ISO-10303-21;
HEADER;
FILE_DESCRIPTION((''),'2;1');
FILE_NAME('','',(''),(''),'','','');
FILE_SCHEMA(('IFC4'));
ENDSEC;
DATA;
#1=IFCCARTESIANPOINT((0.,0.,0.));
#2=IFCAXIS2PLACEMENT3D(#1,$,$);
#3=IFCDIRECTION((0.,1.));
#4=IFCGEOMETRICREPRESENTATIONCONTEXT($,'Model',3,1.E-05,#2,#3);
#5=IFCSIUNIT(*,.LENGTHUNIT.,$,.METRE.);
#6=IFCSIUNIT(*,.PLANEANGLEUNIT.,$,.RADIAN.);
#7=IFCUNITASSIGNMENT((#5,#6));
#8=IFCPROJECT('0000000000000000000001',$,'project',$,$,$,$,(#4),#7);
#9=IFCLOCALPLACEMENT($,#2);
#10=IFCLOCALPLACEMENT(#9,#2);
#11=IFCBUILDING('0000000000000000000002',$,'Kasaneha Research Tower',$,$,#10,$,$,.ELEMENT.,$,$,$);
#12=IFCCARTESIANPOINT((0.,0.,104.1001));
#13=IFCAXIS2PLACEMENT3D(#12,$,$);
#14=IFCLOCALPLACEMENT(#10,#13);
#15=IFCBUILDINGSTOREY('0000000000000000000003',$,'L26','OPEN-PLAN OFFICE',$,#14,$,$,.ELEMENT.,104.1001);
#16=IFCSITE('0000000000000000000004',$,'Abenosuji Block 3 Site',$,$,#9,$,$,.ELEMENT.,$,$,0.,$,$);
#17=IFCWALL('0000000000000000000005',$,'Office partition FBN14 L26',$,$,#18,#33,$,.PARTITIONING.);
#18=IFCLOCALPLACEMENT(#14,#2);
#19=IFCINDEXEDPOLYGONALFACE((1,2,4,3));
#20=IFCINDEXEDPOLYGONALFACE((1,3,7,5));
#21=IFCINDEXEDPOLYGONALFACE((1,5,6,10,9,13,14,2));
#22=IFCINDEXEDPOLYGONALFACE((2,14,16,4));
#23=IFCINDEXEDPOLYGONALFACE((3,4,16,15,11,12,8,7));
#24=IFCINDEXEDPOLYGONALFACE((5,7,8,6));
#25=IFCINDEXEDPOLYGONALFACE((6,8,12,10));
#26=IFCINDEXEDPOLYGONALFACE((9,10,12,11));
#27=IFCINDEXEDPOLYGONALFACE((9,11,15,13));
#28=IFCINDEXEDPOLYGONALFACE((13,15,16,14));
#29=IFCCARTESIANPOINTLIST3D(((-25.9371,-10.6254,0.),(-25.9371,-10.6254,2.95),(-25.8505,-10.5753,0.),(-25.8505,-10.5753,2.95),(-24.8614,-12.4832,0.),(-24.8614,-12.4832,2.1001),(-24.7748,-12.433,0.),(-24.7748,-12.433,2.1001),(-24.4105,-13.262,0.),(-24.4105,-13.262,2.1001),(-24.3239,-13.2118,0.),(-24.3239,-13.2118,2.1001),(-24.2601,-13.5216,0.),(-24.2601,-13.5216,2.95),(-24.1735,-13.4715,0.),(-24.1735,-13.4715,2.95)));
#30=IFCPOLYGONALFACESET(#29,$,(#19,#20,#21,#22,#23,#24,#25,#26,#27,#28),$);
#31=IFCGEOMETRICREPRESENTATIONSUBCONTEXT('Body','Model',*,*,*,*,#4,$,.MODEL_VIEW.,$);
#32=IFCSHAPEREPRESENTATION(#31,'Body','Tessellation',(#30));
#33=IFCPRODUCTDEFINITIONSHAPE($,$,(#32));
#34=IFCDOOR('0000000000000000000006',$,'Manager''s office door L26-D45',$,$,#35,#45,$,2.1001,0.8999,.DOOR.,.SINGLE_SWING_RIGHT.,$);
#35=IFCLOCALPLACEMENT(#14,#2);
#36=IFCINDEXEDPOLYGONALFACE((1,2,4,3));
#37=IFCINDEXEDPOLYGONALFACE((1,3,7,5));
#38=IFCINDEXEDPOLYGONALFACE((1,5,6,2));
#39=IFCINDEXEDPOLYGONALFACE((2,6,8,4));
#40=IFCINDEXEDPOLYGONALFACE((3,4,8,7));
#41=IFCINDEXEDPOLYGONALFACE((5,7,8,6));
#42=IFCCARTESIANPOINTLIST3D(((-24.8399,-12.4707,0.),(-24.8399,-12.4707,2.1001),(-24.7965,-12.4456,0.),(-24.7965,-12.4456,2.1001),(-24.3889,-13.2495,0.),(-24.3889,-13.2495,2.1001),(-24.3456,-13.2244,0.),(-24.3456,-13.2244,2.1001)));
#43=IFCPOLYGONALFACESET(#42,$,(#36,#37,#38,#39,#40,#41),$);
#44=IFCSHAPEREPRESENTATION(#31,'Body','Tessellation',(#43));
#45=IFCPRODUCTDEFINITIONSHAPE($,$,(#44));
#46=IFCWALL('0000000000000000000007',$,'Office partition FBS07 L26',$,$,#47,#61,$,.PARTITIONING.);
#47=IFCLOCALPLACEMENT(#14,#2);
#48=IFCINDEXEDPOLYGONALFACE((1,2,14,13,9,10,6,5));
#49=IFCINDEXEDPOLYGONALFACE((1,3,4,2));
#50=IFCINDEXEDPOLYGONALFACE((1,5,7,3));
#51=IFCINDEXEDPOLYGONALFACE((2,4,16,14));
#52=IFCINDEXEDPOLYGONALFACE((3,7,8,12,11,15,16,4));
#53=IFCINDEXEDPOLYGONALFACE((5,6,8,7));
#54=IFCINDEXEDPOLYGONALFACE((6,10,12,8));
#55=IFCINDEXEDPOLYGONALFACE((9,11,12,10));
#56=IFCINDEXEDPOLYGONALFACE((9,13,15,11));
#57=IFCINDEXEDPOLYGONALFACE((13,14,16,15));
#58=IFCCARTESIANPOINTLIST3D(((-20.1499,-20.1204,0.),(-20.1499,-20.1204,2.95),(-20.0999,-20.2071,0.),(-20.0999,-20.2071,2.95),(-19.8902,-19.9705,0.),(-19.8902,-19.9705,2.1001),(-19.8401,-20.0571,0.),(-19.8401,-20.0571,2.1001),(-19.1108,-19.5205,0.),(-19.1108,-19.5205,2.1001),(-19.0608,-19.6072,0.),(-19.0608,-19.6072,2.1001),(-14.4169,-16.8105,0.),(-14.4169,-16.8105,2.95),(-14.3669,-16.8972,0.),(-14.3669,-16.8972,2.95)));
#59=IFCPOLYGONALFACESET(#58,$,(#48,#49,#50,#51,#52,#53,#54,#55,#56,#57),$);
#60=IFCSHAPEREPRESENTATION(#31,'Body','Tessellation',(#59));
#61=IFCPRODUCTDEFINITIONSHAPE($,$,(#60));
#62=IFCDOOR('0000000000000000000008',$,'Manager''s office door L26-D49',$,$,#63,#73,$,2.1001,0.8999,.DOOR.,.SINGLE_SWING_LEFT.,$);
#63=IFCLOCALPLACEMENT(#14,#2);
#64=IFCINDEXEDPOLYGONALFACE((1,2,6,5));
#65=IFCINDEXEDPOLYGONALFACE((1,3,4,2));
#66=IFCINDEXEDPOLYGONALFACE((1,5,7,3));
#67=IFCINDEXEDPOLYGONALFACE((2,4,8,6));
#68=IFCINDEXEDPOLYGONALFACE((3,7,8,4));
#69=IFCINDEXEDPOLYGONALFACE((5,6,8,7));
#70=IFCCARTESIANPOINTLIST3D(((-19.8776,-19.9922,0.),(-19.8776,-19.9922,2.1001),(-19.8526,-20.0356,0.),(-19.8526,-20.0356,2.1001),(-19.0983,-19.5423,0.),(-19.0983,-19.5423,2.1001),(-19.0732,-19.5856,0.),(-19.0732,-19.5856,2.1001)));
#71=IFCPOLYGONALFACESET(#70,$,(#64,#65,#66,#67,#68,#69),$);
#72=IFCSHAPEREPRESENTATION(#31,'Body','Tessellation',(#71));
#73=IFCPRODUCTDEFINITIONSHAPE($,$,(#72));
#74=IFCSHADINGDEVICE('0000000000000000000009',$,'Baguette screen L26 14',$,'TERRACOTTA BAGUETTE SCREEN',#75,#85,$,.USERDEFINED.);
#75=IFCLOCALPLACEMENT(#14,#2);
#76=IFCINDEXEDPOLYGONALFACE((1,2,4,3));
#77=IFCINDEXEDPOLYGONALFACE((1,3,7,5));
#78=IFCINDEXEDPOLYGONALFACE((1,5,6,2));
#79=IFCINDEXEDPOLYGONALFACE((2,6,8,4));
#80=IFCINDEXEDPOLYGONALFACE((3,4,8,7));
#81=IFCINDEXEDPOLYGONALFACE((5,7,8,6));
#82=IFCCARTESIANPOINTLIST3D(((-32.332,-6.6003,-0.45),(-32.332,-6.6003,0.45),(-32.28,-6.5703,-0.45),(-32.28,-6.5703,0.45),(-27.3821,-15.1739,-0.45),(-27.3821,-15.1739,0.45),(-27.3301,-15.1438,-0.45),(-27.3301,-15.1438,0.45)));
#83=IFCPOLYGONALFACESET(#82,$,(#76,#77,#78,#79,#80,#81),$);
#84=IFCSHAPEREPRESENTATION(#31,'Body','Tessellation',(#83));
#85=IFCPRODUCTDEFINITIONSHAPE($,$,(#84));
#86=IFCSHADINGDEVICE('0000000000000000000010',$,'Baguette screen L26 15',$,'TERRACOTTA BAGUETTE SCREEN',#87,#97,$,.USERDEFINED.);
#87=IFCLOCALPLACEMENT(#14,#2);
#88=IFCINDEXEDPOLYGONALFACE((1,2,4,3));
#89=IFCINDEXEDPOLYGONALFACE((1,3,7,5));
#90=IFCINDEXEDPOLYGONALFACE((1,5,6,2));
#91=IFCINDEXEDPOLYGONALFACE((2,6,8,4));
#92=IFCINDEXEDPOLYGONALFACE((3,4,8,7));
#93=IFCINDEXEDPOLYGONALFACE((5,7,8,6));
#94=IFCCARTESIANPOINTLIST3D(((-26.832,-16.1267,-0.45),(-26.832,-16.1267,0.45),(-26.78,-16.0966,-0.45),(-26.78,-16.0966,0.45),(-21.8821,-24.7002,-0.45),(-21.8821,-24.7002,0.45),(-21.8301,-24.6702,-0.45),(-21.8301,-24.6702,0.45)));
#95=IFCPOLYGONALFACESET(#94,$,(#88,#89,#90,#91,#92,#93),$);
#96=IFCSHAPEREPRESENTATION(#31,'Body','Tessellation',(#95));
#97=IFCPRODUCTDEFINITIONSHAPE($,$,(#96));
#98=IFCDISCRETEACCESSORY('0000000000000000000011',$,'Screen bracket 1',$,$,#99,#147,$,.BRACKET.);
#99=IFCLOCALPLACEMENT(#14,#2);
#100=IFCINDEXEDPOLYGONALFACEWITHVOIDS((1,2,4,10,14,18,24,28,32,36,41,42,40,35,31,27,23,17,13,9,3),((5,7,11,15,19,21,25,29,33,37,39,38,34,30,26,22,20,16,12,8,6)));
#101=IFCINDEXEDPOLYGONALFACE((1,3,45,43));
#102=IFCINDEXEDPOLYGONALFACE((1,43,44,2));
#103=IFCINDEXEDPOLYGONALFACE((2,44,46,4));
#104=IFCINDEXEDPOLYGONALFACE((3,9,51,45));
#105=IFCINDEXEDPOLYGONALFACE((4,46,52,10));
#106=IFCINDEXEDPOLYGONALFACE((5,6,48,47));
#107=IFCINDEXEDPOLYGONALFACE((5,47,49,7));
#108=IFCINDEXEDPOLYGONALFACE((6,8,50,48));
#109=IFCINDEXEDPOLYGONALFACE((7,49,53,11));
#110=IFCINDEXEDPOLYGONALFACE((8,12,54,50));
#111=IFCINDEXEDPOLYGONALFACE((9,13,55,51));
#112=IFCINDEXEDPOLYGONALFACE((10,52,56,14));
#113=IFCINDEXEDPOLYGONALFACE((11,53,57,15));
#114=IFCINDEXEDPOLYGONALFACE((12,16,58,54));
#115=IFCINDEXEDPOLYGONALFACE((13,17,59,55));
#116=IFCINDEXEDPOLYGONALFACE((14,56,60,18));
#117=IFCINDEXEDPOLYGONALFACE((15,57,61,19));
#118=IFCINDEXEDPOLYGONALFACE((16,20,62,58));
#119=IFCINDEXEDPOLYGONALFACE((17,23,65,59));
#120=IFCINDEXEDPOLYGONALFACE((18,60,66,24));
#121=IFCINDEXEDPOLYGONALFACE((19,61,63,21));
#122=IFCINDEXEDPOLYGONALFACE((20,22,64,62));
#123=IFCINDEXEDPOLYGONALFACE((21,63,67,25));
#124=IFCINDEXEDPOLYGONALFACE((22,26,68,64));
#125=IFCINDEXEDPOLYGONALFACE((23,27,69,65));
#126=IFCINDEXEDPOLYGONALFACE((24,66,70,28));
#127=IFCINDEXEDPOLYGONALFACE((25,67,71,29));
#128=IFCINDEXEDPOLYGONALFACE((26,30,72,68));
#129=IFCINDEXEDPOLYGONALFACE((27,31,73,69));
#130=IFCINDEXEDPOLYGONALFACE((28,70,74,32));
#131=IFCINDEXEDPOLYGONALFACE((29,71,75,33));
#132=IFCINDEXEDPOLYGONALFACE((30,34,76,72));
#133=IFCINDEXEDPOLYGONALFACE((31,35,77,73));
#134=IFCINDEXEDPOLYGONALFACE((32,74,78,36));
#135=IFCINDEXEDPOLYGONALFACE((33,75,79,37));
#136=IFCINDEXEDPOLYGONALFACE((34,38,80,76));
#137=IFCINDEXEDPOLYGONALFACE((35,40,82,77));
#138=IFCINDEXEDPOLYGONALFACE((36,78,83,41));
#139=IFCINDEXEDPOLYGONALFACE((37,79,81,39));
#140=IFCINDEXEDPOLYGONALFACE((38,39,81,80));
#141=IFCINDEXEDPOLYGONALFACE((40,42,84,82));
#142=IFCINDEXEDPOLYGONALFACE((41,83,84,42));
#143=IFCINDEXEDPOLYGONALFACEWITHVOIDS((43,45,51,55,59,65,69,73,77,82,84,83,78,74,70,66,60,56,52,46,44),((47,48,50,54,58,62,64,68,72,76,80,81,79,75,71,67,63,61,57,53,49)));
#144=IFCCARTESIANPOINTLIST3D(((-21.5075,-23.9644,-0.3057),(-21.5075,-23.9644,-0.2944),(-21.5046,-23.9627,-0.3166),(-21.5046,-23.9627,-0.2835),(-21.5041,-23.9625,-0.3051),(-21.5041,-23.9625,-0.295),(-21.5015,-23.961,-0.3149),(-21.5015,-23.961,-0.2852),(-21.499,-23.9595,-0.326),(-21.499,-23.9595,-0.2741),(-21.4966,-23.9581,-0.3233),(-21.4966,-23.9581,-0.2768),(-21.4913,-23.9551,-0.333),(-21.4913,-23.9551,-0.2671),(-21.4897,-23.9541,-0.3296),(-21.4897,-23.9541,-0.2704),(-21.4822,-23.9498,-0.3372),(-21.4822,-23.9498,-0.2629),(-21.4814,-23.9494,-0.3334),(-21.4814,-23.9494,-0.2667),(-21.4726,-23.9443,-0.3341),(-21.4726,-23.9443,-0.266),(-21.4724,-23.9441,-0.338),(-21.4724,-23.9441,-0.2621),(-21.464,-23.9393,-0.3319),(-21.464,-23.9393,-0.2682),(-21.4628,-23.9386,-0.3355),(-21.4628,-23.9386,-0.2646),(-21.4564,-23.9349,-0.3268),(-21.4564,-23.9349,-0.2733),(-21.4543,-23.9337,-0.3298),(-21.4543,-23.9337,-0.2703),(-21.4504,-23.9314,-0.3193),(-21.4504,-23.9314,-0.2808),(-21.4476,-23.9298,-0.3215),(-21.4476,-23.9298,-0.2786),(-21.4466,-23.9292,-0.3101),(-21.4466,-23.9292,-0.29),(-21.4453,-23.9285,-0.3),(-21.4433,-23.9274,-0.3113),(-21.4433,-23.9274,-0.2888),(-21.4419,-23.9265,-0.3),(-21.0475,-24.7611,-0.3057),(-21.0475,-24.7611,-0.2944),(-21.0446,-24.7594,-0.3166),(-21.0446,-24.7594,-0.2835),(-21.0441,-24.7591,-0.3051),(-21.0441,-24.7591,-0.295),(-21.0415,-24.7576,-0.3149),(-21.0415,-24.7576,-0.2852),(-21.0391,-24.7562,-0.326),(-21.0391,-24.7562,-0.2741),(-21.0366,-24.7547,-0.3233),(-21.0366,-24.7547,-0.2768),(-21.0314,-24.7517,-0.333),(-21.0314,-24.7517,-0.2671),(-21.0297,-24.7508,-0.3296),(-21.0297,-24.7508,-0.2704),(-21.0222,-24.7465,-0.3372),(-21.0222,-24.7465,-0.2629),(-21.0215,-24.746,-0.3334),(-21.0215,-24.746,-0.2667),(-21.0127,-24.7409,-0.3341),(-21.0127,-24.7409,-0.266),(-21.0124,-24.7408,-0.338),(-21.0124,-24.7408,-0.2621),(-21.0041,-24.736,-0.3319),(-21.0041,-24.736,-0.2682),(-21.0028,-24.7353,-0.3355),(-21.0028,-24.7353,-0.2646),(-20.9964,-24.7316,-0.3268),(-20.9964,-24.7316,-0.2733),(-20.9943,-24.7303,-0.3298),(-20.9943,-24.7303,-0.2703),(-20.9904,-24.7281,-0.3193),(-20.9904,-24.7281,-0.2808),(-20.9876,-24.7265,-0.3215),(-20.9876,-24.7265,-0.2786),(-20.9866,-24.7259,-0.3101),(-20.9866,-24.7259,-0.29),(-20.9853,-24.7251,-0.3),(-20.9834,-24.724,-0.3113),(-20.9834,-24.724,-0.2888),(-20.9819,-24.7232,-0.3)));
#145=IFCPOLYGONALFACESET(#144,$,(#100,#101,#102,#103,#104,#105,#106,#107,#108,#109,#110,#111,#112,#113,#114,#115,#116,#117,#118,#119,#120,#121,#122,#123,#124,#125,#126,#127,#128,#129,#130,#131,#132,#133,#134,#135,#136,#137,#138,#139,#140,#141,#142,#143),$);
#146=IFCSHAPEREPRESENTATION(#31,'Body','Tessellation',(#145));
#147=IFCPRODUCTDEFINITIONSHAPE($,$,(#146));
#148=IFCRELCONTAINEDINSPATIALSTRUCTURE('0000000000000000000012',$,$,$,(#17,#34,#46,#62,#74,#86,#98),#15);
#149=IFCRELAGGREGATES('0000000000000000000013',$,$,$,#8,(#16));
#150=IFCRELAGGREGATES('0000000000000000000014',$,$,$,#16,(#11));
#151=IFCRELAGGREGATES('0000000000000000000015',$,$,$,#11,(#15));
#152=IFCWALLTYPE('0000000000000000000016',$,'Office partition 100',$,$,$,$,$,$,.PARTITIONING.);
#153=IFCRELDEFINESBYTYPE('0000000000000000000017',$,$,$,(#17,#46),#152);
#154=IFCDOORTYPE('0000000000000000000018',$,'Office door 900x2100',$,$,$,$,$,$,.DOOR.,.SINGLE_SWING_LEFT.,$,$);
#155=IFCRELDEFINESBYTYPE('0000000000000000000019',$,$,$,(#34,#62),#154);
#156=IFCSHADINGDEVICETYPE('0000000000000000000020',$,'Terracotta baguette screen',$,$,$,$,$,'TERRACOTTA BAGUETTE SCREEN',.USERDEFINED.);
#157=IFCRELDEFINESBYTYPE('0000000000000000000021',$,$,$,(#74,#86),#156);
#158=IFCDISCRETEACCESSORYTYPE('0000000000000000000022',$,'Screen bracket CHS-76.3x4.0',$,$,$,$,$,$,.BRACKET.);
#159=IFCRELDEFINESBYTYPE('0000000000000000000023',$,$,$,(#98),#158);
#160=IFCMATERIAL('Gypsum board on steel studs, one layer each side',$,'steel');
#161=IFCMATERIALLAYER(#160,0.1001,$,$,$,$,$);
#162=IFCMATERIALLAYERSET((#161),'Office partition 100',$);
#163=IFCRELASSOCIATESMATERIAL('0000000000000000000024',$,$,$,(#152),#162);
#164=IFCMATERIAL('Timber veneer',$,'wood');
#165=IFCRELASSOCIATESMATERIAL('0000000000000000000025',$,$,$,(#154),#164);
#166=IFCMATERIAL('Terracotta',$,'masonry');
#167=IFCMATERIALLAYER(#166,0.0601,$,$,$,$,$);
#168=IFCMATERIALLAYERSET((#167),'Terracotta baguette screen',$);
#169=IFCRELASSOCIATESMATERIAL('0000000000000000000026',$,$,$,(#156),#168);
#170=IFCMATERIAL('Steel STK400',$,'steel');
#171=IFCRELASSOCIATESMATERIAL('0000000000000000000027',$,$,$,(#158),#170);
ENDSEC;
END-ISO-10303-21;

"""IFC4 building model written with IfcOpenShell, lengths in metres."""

from ifc_helpers import new_model, si_unit, direction, frame, frame_2d, origin, origin_2d, place, context, subcontext, project, spatial, rectangle, hollow_circle, extrude, material, layer, layer_set, material_profile, profile_set, type_object, element, fill, save


model = new_model("IFC4")

# Units and contexts
model_context = context("Model", 3, precision=1e-05, world=origin(), true_north=direction((0.0, 1.0)))
body_context = subcontext(model_context, "Body", "Model", "MODEL_VIEW")
ifc_project = project(units=[si_unit("LENGTHUNIT", "METRE"), si_unit("PLANEANGLEUNIT", "RADIAN")], contexts=[model_context])

# Site, building, storey
site_placement = place(None, origin())
site = spatial("IfcSite", under=ifc_project, at=site_placement, Name="Abenosuji Block 3 Site", CompositionType="ELEMENT", RefElevation=0.0)
building_placement = place(site_placement, origin())
building = spatial("IfcBuilding", under=site, at=building_placement, Name="Kasaneha Research Tower", CompositionType="ELEMENT")
storey_placement = place(building_placement, frame((0.0, 0.0, 104.1001)))
storey = spatial("IfcBuildingStorey", under=building, at=storey_placement, Name="L26", Description="OPEN-PLAN OFFICE", CompositionType="ELEMENT", Elevation=104.1001)

# Shared definitions
ifc_material_1 = material(Name="Gypsum board on steel studs, one layer each side", Category="steel")
ifc_layer_1 = layer(ifc_material_1, 0.1001)
ifc_layer_set_1 = layer_set([ifc_layer_1], Name="Office partition 100")
wall_type = type_object("IfcWallType", Name="Office partition 100", PredefinedType="PARTITIONING", material=ifc_layer_set_1)

# Walls, openings, doors
wall_1_placement = place(storey_placement, frame((-25.8938, -10.6003, 0.0), z_axis=(0.0, 0.0, 1.0), x_axis=(0.501088, -0.865396, 0.0)))
wall_1 = element("IfcWall", 1, at=wall_1_placement, inside=storey, type_object=wall_type, Name="Office partition FBN14 L26", PredefinedType="PARTITIONING", context=body_context, shape_type="SweptSolid", body=[
    extrude(rectangle(XDim=3.3467, YDim=0.1001, at=frame_2d((1.6733, 0.0))), origin(), (0.0, 0.0, 1.0), 2.95),
])
opening_1_placement = place(wall_1_placement, frame((2.1467, 0.0, 0.0)))
opening_1 = element("IfcOpeningElement", 2, at=opening_1_placement, cuts=wall_1, PredefinedType="OPENING", context=body_context, shape_type="SweptSolid", body=[
    extrude(rectangle(XDim=0.8999, YDim=2.1001, at=frame_2d((0.45, 1.05))), frame((0.0, 0.0601, 0.0), z_axis=(0.0, -1.0, 0.0), x_axis=(1.0, 0.0, 0.0)), (0.0, 0.0, 1.0), 0.1201),
])
ifc_material_2 = material(Name="Timber veneer", Category="wood")
door_type = type_object("IfcDoorType", Name="Office door 900x2100", OperationType="SINGLE_SWING_LEFT", PredefinedType="DOOR", material=ifc_material_2)
door_1_placement = place(opening_1_placement, origin())
door_1 = element("IfcDoor", 3, at=door_1_placement, inside=storey, type_object=door_type, Name="Manager's office door L26-D45", OperationType="SINGLE_SWING_RIGHT", OverallHeight=2.1001, OverallWidth=0.8999, PredefinedType="DOOR", context=body_context, shape_type="SweptSolid", body=[
    extrude(rectangle(XDim=0.8999, YDim=2.1001, at=frame_2d((0.45, 1.05))), frame((0.0, 0.0249, 0.0), z_axis=(0.0, -1.0, 0.0), x_axis=(1.0, 0.0, 0.0)), (0.0, 0.0, 1.0), 0.05),
])
fill(opening_1, door_1)
wall_2_placement = place(storey_placement, frame((-20.125, -20.1638, 0.0), z_axis=(0.0, 0.0, 1.0), x_axis=(0.866031, 0.499991, 0.0)))
wall_2 = element("IfcWall", 4, at=wall_2_placement, inside=storey, type_object=wall_type, Name="Office partition FBS07 L26", PredefinedType="PARTITIONING", context=body_context, shape_type="SweptSolid", body=[
    extrude(rectangle(XDim=6.6199, YDim=0.1001, at=frame_2d((3.3101, 0.0))), origin(), (0.0, 0.0, 1.0), 2.95),
])
opening_2_placement = place(wall_2_placement, frame((0.3, 0.0, 0.0)))
opening_2 = element("IfcOpeningElement", 5, at=opening_2_placement, cuts=wall_2, PredefinedType="OPENING", context=body_context, shape_type="SweptSolid", body=[
    extrude(rectangle(XDim=0.8999, YDim=2.1001, at=frame_2d((0.45, 1.05))), frame((0.0, 0.0601, 0.0), z_axis=(0.0, -1.0, 0.0), x_axis=(1.0, 0.0, 0.0)), (0.0, 0.0, 1.0), 0.1201),
])
door_2_placement = place(opening_2_placement, origin())
door_2 = element("IfcDoor", 6, at=door_2_placement, inside=storey, type_object=door_type, Name="Manager's office door L26-D49", OperationType="SINGLE_SWING_LEFT", OverallHeight=2.1001, OverallWidth=0.8999, PredefinedType="DOOR", context=body_context, shape_type="SweptSolid", body=[
    extrude(rectangle(XDim=0.8999, YDim=2.1001, at=frame_2d((0.45, 1.05))), frame((0.0, 0.0249, 0.0), z_axis=(0.0, -1.0, 0.0), x_axis=(1.0, 0.0, 0.0)), (0.0, 0.0, 1.0), 0.05),
])
fill(opening_2, door_2)

# Shading devices
ifc_material_3 = material(Name="Terracotta", Category="masonry")
ifc_layer_2 = layer(ifc_material_3, 0.0601)
ifc_layer_set_2 = layer_set([ifc_layer_2], Name="Terracotta baguette screen")
shading_device_type = type_object("IfcShadingDeviceType", Name="Terracotta baguette screen", ElementType="TERRACOTTA BAGUETTE SCREEN", PredefinedType="USERDEFINED", material=ifc_layer_set_2)
for number, where, z_axis, x_axis, name in (
    (7, (-29.8311, -10.8721, -0.45), (0.0, 0.0, 1.0), (0.5, -0.866025, 0.0), "Baguette screen L26 14"),
    (8, (-24.3311, -20.3984, -0.45), (0.0, 0.0, 1.0), (0.5, -0.866025, 0.0), "Baguette screen L26 15"),
):
    element("IfcShadingDevice", number, at=place(storey_placement, frame(where, z_axis=z_axis, x_axis=x_axis)), inside=storey, type_object=shading_device_type, Name=name, ObjectType="TERRACOTTA BAGUETTE SCREEN", PredefinedType="USERDEFINED", context=body_context, shape_type="SweptSolid", body=[
        extrude(rectangle(XDim=9.8999, YDim=0.0601, at=origin_2d()), origin(), (0.0, 0.0, 1.0), 0.8999),
    ])

# Discrete accessory
ifc_material_4 = material(Name="Steel STK400", Category="steel")
ifc_material_profile_1 = material_profile(ifc_material_4, hollow_circle(Radius=0.0381, WallThickness=0.0039, at=origin_2d()), Name="CHS-76.3x4.0")
ifc_profile_set_1 = profile_set([ifc_material_profile_1], Name="Steel STK400")
discrete_accessory_type = type_object("IfcDiscreteAccessoryType", Name="Screen bracket CHS-76.3x4.0", PredefinedType="BRACKET", material=ifc_profile_set_1)
for number, where, z_axis, x_axis, name in (
    (9, (-21.4749, -23.9456, -0.3), (0.500021, -0.866013, 0.0), (0.866013, 0.500021, 0.0), "Screen bracket 1"),
):
    element("IfcDiscreteAccessory", number, at=place(storey_placement, frame(where, z_axis=z_axis, x_axis=x_axis)), inside=storey, type_object=discrete_accessory_type, Name=name, PredefinedType="BRACKET", context=body_context, shape_type="SweptSolid", body=[
        extrude(hollow_circle(Radius=0.0381, WallThickness=0.0039, at=origin_2d()), origin(), (0.0, 0.0, 1.0), 0.9199),
    ])

save(model, "model.ifc")
